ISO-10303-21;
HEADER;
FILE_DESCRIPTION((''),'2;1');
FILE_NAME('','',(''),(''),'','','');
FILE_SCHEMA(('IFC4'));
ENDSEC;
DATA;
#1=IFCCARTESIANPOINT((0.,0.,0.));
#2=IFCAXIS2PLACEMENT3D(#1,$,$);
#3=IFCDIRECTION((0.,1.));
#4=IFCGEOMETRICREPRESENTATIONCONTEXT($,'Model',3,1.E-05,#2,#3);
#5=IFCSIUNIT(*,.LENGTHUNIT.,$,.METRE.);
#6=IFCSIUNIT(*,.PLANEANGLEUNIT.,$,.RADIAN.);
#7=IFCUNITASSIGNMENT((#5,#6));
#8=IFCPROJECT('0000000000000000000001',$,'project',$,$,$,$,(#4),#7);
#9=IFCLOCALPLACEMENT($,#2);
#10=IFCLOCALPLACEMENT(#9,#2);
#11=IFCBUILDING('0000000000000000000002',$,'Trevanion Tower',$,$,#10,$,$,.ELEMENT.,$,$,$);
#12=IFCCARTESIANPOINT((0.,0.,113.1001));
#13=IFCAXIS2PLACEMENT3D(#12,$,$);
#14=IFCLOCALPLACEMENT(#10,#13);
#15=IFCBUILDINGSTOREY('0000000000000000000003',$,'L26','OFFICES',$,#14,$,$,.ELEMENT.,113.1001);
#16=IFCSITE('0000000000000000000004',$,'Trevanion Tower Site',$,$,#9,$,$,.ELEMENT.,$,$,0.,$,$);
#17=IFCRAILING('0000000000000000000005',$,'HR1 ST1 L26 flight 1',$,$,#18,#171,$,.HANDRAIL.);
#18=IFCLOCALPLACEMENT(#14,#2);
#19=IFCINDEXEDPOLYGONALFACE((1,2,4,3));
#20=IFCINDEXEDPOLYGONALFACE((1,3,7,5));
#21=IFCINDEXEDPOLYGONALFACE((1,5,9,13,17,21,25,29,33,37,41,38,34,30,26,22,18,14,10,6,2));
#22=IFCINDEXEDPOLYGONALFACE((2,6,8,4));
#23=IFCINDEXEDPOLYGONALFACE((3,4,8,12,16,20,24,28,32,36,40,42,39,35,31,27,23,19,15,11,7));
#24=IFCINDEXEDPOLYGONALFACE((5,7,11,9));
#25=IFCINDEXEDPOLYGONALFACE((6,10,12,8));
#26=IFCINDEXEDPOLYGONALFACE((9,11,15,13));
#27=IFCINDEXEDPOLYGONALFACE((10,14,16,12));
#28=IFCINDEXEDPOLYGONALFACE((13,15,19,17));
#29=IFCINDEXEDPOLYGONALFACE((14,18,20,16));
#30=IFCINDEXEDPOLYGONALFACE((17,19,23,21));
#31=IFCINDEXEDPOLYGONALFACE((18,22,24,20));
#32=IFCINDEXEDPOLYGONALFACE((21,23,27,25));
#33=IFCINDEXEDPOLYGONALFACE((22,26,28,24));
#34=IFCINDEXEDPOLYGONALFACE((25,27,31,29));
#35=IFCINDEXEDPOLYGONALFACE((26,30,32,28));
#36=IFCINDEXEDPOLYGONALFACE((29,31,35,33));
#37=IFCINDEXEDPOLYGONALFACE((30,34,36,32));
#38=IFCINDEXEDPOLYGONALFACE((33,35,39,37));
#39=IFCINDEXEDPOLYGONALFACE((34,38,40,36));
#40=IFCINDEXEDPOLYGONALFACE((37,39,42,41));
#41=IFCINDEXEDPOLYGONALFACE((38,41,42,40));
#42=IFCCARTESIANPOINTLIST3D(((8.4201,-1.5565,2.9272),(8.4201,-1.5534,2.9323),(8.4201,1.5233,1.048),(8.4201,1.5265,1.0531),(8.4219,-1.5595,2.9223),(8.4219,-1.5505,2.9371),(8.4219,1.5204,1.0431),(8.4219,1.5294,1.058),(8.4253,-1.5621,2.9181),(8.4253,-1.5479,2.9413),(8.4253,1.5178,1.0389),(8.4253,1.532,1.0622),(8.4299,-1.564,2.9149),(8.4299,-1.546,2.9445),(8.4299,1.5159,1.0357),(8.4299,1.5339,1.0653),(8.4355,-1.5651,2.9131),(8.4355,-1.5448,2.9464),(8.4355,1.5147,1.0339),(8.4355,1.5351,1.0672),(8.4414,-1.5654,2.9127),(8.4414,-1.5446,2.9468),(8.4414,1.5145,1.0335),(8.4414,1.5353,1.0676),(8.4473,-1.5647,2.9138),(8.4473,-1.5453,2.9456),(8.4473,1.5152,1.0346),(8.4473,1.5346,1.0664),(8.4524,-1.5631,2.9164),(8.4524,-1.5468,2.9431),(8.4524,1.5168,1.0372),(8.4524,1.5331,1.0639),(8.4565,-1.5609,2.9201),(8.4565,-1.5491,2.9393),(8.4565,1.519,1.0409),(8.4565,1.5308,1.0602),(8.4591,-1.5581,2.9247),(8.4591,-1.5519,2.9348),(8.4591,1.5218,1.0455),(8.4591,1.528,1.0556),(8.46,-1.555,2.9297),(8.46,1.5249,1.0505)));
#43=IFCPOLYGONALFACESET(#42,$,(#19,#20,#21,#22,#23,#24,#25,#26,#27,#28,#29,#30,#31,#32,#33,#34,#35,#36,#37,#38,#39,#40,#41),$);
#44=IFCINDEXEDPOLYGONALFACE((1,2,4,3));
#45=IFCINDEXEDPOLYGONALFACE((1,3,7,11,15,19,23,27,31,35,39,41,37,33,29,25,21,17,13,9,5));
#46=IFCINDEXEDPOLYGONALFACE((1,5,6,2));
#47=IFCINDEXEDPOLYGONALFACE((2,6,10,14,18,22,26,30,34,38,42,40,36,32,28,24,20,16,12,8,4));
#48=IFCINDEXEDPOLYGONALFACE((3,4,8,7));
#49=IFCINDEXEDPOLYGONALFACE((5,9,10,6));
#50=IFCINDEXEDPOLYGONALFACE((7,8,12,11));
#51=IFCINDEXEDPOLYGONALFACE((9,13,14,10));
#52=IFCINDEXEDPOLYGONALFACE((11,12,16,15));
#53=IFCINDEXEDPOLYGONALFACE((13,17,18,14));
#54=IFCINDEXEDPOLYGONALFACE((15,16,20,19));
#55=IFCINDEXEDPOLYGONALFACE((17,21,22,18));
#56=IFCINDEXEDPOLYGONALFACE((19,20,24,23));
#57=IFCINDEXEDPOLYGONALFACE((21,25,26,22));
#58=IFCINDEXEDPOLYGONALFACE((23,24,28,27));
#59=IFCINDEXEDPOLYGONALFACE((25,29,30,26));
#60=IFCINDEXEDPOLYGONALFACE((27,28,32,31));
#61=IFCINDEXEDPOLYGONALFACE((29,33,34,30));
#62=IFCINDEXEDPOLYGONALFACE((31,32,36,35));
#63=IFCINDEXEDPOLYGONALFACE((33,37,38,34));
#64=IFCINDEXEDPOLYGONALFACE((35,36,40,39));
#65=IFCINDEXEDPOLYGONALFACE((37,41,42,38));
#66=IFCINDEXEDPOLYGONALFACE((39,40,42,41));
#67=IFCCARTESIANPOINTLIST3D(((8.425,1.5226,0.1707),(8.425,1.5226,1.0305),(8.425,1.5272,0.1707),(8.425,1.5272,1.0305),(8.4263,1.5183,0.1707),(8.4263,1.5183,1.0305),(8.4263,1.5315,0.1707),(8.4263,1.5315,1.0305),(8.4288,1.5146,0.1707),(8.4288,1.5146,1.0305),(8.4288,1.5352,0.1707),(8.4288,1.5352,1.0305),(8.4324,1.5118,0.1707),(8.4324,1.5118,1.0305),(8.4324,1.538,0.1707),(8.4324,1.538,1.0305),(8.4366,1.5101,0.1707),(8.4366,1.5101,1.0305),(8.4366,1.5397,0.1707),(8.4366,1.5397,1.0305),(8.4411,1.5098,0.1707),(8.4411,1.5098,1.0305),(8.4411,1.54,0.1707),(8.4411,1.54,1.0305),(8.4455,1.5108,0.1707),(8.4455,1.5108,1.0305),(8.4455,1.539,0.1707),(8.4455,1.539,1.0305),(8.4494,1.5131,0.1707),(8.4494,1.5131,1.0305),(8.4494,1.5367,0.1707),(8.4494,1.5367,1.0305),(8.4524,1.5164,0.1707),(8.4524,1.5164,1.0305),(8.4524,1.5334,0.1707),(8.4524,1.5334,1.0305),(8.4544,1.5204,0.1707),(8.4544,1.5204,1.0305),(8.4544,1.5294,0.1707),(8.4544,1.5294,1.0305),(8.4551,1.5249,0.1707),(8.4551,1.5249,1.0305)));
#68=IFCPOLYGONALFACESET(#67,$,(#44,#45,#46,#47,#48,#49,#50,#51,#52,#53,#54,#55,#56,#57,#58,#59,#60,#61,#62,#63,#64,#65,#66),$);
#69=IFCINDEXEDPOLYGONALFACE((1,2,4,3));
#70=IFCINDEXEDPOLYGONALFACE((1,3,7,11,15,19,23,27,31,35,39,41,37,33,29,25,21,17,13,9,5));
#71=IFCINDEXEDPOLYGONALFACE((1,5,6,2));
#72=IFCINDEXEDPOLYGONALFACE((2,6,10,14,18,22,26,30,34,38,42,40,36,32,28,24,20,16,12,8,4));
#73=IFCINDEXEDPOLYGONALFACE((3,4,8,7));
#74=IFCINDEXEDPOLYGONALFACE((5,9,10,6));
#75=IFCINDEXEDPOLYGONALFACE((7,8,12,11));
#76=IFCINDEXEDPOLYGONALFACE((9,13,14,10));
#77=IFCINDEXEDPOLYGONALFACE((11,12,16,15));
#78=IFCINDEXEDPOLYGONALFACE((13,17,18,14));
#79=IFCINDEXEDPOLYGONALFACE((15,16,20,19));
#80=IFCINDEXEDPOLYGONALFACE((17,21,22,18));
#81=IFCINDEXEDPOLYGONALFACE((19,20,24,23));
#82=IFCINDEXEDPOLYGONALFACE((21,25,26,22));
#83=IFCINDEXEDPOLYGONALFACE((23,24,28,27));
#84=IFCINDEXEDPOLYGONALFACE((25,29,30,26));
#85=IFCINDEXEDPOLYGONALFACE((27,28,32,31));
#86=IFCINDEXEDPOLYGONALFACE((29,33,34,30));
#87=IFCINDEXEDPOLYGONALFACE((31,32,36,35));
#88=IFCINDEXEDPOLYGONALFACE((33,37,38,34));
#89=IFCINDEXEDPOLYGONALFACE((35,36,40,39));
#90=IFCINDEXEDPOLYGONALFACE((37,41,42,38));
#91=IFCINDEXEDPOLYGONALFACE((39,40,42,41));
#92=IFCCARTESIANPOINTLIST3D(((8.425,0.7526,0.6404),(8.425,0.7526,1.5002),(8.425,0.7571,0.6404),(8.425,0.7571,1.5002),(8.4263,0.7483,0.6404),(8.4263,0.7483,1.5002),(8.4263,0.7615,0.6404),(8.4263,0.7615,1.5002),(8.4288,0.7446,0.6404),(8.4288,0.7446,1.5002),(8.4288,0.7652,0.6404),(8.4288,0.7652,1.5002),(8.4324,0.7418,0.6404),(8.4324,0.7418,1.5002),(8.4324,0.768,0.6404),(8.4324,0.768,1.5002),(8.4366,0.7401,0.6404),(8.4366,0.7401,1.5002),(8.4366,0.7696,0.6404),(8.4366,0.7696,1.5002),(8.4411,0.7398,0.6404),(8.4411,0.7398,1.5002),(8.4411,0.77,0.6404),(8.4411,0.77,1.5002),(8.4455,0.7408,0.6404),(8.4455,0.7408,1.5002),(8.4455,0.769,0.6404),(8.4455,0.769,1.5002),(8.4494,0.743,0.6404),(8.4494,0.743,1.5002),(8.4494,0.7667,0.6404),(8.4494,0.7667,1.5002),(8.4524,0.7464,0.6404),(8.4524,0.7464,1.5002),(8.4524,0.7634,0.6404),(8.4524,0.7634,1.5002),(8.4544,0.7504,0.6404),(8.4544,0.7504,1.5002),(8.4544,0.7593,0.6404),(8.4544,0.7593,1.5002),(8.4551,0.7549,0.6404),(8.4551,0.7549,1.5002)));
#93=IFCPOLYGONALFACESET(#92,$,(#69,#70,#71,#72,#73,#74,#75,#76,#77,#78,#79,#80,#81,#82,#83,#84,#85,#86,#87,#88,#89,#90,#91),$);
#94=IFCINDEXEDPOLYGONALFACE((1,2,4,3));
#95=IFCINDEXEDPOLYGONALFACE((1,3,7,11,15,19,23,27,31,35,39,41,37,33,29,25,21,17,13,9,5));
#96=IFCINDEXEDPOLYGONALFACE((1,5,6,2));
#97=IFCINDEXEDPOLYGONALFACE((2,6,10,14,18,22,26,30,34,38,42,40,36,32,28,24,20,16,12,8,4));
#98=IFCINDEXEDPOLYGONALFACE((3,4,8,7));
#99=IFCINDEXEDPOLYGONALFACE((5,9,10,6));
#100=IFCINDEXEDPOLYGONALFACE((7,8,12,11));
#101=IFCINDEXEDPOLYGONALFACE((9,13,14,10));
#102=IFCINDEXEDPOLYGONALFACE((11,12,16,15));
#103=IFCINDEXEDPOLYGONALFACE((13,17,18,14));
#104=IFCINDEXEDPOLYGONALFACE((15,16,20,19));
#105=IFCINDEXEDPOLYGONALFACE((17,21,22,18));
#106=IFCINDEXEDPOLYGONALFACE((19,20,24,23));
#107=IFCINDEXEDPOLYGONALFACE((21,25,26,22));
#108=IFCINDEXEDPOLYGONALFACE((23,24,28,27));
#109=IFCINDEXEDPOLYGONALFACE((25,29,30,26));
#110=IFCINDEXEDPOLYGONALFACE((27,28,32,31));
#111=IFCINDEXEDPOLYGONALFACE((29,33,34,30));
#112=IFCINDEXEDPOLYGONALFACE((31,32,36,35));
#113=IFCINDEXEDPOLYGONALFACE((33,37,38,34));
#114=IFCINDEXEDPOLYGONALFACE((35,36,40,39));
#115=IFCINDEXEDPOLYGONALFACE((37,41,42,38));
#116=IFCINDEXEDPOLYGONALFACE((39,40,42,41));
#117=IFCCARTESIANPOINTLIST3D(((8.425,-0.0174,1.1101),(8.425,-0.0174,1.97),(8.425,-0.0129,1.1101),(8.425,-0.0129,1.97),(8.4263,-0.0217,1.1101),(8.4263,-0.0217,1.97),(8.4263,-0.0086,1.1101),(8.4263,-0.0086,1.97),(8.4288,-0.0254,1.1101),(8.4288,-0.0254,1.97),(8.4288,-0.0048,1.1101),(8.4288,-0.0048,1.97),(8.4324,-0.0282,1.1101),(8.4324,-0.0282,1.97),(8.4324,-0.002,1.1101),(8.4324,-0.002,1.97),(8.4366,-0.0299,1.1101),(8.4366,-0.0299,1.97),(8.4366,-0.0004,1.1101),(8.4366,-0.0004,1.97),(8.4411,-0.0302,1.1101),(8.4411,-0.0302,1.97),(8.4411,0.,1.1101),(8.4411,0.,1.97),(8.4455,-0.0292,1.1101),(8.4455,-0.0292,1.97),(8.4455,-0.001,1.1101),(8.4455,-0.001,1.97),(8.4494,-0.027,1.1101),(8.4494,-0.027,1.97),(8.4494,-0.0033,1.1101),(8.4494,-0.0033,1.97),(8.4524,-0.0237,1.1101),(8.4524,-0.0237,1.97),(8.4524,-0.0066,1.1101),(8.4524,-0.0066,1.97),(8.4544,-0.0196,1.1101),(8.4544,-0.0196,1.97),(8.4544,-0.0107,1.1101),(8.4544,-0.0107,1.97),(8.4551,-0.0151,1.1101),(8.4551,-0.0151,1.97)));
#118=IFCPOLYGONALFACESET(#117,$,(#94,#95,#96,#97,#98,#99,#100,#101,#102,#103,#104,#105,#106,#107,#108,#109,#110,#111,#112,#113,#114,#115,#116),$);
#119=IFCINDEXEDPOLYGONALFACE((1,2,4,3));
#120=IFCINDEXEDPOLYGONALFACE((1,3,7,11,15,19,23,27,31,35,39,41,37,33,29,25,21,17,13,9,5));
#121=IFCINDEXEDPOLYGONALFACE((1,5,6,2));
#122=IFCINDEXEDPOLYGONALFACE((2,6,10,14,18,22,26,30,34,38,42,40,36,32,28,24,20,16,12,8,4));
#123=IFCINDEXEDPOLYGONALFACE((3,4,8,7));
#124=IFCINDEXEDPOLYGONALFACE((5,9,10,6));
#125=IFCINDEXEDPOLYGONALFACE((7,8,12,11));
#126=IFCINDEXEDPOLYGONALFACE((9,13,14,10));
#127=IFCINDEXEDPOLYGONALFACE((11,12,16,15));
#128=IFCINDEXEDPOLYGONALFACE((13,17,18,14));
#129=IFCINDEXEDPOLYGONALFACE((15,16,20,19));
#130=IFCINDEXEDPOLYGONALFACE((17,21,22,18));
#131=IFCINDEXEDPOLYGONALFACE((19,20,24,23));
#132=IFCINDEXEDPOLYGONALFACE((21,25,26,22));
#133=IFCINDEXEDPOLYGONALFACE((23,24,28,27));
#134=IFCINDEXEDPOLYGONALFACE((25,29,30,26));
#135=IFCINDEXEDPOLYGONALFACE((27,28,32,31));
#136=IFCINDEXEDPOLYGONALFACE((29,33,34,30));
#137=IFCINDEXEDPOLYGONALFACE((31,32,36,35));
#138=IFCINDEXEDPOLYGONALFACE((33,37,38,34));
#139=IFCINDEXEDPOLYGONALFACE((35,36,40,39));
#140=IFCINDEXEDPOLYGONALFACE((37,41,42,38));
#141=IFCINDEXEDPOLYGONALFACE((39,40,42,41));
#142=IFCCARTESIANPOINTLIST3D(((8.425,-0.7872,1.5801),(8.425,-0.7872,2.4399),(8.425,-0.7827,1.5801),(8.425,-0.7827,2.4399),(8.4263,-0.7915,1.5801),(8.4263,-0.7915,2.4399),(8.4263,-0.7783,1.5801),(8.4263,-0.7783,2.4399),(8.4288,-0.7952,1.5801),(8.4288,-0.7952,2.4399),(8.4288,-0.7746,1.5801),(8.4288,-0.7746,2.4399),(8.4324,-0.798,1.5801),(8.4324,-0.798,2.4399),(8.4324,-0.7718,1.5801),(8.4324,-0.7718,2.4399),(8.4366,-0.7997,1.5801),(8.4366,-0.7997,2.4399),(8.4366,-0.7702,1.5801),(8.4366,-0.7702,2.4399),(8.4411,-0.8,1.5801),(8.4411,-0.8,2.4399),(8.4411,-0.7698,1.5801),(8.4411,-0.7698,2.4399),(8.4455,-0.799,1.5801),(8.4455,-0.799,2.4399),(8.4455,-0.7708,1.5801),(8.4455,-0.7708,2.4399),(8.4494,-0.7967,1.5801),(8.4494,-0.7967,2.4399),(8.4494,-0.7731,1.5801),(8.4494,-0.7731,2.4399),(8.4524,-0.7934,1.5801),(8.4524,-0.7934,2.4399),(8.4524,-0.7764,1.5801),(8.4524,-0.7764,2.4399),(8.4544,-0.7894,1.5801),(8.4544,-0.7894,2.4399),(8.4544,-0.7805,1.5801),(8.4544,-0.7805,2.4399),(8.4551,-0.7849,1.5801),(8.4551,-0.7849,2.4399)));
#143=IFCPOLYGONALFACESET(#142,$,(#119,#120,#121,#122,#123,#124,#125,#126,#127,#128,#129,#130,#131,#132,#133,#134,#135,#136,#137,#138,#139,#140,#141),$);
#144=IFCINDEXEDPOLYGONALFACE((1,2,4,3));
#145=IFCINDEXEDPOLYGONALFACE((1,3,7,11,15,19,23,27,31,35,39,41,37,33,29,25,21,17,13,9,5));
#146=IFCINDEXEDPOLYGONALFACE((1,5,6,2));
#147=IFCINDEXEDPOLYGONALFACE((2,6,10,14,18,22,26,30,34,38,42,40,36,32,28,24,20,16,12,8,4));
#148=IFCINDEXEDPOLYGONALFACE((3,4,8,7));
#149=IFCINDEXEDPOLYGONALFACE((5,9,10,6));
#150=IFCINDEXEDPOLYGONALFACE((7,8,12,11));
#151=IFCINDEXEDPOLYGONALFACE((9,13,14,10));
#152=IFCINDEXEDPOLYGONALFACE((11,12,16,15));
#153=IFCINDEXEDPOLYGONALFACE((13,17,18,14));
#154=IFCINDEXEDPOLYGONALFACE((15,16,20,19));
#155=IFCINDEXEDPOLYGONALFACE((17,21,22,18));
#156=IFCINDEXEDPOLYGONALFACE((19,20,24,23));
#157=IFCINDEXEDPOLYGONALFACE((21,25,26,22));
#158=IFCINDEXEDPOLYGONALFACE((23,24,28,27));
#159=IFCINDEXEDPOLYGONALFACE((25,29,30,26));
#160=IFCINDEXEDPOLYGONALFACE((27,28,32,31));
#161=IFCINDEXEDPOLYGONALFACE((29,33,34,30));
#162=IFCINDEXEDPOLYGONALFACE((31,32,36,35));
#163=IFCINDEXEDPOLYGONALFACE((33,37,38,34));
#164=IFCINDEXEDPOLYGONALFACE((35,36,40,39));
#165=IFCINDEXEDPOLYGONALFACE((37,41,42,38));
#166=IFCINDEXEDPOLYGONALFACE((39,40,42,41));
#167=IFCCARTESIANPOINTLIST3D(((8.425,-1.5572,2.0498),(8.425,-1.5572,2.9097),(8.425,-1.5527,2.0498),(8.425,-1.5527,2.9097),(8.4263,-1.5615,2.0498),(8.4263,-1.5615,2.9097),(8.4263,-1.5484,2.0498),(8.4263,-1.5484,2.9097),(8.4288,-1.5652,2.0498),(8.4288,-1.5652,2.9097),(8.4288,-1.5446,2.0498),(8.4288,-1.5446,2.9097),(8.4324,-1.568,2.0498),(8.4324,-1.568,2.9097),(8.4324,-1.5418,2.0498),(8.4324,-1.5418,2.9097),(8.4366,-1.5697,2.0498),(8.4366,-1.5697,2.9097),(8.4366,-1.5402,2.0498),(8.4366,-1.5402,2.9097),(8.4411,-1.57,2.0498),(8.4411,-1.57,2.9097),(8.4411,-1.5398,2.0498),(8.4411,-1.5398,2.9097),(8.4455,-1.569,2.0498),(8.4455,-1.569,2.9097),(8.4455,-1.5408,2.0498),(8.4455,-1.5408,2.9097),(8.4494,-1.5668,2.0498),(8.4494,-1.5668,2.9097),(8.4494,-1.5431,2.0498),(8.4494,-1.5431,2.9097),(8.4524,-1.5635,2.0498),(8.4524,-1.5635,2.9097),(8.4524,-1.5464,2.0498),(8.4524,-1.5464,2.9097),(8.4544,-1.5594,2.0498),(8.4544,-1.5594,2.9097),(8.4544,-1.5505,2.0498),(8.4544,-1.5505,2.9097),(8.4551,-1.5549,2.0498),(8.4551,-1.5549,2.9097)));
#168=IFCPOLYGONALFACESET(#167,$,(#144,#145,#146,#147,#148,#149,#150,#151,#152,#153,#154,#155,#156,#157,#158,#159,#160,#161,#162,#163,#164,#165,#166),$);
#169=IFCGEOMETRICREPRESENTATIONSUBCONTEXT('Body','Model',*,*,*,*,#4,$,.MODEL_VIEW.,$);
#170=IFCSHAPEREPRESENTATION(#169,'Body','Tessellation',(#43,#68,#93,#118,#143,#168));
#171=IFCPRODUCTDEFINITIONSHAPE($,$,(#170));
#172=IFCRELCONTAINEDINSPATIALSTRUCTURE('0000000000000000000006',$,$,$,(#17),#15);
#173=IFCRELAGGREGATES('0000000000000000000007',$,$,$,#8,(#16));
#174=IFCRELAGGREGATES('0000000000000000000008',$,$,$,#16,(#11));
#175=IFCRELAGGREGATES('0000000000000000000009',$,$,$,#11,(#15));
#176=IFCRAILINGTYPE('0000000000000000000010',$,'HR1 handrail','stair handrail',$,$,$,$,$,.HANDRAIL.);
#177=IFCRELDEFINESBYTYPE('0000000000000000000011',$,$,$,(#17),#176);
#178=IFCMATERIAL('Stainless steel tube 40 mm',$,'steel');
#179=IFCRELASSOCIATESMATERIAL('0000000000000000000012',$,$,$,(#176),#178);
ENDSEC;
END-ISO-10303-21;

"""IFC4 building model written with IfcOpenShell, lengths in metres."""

from ifc_helpers import new_model, si_unit, direction, frame, origin, origin_2d, place, context, subcontext, project, spatial, circle, extrude, material, type_object, element, save


model = new_model("IFC4")

# Units and contexts
model_context = context("Model", 3, precision=1e-05, world=origin(), true_north=direction((0.0, 1.0)))
body_context = subcontext(model_context, "Body", "Model", "MODEL_VIEW")
ifc_project = project(units=[si_unit("LENGTHUNIT", "METRE"), si_unit("PLANEANGLEUNIT", "RADIAN")], contexts=[model_context])

# Site, building, storey
site_placement = place(None, origin())
site = spatial("IfcSite", under=ifc_project, at=site_placement, Name="Trevanion Tower Site", CompositionType="ELEMENT", RefElevation=0.0)
building_placement = place(site_placement, origin())
building = spatial("IfcBuilding", under=site, at=building_placement, Name="Trevanion Tower", CompositionType="ELEMENT")
storey_placement = place(building_placement, frame((0.0, 0.0, 113.1001)))
storey = spatial("IfcBuildingStorey", under=building, at=storey_placement, Name="L26", Description="OFFICES", CompositionType="ELEMENT", Elevation=113.1001)

# Railing
ifc_material_1 = material(Name="Stainless steel tube 40 mm", Category="steel")
railing_type = type_object("IfcRailingType", Name="HR1 handrail", Description="stair handrail", PredefinedType="HANDRAIL", material=ifc_material_1)
for number, where, name in (
    (1, (8.4399, 1.5249, 0.1707), "HR1 ST1 L26 flight 1"),
):
    element("IfcRailing", number, at=place(storey_placement, frame(where)), inside=storey, type_object=railing_type, Name=name, PredefinedType="HANDRAIL", context=body_context, shape_type="SweptSolid", body=[
        extrude(circle(Radius=0.02, at=origin_2d()), frame((0.0, 0.0, 0.8799), z_axis=(0.0, -0.853648, 0.52085), x_axis=(1.0, 0.0, 0.0)), (0.0, 0.0, 1.0), 3.6079),
        extrude(circle(Radius=0.0151, at=origin_2d()), origin(), (0.0, 0.0, 1.0), 0.8599),
        extrude(circle(Radius=0.0151, at=origin_2d()), frame((0.0, -0.77, 0.4697)), (0.0, 0.0, 1.0), 0.8599),
        extrude(circle(Radius=0.0151, at=origin_2d()), frame((0.0, -1.54, 0.9395)), (0.0, 0.0, 1.0), 0.8599),
        extrude(circle(Radius=0.0151, at=origin_2d()), frame((0.0, -2.3098, 1.4094)), (0.0, 0.0, 1.0), 0.8599),
        extrude(circle(Radius=0.0151, at=origin_2d()), frame((0.0, -3.0798, 1.8792)), (0.0, 0.0, 1.0), 0.8599),
    ])

save(model, "model.ifc")
